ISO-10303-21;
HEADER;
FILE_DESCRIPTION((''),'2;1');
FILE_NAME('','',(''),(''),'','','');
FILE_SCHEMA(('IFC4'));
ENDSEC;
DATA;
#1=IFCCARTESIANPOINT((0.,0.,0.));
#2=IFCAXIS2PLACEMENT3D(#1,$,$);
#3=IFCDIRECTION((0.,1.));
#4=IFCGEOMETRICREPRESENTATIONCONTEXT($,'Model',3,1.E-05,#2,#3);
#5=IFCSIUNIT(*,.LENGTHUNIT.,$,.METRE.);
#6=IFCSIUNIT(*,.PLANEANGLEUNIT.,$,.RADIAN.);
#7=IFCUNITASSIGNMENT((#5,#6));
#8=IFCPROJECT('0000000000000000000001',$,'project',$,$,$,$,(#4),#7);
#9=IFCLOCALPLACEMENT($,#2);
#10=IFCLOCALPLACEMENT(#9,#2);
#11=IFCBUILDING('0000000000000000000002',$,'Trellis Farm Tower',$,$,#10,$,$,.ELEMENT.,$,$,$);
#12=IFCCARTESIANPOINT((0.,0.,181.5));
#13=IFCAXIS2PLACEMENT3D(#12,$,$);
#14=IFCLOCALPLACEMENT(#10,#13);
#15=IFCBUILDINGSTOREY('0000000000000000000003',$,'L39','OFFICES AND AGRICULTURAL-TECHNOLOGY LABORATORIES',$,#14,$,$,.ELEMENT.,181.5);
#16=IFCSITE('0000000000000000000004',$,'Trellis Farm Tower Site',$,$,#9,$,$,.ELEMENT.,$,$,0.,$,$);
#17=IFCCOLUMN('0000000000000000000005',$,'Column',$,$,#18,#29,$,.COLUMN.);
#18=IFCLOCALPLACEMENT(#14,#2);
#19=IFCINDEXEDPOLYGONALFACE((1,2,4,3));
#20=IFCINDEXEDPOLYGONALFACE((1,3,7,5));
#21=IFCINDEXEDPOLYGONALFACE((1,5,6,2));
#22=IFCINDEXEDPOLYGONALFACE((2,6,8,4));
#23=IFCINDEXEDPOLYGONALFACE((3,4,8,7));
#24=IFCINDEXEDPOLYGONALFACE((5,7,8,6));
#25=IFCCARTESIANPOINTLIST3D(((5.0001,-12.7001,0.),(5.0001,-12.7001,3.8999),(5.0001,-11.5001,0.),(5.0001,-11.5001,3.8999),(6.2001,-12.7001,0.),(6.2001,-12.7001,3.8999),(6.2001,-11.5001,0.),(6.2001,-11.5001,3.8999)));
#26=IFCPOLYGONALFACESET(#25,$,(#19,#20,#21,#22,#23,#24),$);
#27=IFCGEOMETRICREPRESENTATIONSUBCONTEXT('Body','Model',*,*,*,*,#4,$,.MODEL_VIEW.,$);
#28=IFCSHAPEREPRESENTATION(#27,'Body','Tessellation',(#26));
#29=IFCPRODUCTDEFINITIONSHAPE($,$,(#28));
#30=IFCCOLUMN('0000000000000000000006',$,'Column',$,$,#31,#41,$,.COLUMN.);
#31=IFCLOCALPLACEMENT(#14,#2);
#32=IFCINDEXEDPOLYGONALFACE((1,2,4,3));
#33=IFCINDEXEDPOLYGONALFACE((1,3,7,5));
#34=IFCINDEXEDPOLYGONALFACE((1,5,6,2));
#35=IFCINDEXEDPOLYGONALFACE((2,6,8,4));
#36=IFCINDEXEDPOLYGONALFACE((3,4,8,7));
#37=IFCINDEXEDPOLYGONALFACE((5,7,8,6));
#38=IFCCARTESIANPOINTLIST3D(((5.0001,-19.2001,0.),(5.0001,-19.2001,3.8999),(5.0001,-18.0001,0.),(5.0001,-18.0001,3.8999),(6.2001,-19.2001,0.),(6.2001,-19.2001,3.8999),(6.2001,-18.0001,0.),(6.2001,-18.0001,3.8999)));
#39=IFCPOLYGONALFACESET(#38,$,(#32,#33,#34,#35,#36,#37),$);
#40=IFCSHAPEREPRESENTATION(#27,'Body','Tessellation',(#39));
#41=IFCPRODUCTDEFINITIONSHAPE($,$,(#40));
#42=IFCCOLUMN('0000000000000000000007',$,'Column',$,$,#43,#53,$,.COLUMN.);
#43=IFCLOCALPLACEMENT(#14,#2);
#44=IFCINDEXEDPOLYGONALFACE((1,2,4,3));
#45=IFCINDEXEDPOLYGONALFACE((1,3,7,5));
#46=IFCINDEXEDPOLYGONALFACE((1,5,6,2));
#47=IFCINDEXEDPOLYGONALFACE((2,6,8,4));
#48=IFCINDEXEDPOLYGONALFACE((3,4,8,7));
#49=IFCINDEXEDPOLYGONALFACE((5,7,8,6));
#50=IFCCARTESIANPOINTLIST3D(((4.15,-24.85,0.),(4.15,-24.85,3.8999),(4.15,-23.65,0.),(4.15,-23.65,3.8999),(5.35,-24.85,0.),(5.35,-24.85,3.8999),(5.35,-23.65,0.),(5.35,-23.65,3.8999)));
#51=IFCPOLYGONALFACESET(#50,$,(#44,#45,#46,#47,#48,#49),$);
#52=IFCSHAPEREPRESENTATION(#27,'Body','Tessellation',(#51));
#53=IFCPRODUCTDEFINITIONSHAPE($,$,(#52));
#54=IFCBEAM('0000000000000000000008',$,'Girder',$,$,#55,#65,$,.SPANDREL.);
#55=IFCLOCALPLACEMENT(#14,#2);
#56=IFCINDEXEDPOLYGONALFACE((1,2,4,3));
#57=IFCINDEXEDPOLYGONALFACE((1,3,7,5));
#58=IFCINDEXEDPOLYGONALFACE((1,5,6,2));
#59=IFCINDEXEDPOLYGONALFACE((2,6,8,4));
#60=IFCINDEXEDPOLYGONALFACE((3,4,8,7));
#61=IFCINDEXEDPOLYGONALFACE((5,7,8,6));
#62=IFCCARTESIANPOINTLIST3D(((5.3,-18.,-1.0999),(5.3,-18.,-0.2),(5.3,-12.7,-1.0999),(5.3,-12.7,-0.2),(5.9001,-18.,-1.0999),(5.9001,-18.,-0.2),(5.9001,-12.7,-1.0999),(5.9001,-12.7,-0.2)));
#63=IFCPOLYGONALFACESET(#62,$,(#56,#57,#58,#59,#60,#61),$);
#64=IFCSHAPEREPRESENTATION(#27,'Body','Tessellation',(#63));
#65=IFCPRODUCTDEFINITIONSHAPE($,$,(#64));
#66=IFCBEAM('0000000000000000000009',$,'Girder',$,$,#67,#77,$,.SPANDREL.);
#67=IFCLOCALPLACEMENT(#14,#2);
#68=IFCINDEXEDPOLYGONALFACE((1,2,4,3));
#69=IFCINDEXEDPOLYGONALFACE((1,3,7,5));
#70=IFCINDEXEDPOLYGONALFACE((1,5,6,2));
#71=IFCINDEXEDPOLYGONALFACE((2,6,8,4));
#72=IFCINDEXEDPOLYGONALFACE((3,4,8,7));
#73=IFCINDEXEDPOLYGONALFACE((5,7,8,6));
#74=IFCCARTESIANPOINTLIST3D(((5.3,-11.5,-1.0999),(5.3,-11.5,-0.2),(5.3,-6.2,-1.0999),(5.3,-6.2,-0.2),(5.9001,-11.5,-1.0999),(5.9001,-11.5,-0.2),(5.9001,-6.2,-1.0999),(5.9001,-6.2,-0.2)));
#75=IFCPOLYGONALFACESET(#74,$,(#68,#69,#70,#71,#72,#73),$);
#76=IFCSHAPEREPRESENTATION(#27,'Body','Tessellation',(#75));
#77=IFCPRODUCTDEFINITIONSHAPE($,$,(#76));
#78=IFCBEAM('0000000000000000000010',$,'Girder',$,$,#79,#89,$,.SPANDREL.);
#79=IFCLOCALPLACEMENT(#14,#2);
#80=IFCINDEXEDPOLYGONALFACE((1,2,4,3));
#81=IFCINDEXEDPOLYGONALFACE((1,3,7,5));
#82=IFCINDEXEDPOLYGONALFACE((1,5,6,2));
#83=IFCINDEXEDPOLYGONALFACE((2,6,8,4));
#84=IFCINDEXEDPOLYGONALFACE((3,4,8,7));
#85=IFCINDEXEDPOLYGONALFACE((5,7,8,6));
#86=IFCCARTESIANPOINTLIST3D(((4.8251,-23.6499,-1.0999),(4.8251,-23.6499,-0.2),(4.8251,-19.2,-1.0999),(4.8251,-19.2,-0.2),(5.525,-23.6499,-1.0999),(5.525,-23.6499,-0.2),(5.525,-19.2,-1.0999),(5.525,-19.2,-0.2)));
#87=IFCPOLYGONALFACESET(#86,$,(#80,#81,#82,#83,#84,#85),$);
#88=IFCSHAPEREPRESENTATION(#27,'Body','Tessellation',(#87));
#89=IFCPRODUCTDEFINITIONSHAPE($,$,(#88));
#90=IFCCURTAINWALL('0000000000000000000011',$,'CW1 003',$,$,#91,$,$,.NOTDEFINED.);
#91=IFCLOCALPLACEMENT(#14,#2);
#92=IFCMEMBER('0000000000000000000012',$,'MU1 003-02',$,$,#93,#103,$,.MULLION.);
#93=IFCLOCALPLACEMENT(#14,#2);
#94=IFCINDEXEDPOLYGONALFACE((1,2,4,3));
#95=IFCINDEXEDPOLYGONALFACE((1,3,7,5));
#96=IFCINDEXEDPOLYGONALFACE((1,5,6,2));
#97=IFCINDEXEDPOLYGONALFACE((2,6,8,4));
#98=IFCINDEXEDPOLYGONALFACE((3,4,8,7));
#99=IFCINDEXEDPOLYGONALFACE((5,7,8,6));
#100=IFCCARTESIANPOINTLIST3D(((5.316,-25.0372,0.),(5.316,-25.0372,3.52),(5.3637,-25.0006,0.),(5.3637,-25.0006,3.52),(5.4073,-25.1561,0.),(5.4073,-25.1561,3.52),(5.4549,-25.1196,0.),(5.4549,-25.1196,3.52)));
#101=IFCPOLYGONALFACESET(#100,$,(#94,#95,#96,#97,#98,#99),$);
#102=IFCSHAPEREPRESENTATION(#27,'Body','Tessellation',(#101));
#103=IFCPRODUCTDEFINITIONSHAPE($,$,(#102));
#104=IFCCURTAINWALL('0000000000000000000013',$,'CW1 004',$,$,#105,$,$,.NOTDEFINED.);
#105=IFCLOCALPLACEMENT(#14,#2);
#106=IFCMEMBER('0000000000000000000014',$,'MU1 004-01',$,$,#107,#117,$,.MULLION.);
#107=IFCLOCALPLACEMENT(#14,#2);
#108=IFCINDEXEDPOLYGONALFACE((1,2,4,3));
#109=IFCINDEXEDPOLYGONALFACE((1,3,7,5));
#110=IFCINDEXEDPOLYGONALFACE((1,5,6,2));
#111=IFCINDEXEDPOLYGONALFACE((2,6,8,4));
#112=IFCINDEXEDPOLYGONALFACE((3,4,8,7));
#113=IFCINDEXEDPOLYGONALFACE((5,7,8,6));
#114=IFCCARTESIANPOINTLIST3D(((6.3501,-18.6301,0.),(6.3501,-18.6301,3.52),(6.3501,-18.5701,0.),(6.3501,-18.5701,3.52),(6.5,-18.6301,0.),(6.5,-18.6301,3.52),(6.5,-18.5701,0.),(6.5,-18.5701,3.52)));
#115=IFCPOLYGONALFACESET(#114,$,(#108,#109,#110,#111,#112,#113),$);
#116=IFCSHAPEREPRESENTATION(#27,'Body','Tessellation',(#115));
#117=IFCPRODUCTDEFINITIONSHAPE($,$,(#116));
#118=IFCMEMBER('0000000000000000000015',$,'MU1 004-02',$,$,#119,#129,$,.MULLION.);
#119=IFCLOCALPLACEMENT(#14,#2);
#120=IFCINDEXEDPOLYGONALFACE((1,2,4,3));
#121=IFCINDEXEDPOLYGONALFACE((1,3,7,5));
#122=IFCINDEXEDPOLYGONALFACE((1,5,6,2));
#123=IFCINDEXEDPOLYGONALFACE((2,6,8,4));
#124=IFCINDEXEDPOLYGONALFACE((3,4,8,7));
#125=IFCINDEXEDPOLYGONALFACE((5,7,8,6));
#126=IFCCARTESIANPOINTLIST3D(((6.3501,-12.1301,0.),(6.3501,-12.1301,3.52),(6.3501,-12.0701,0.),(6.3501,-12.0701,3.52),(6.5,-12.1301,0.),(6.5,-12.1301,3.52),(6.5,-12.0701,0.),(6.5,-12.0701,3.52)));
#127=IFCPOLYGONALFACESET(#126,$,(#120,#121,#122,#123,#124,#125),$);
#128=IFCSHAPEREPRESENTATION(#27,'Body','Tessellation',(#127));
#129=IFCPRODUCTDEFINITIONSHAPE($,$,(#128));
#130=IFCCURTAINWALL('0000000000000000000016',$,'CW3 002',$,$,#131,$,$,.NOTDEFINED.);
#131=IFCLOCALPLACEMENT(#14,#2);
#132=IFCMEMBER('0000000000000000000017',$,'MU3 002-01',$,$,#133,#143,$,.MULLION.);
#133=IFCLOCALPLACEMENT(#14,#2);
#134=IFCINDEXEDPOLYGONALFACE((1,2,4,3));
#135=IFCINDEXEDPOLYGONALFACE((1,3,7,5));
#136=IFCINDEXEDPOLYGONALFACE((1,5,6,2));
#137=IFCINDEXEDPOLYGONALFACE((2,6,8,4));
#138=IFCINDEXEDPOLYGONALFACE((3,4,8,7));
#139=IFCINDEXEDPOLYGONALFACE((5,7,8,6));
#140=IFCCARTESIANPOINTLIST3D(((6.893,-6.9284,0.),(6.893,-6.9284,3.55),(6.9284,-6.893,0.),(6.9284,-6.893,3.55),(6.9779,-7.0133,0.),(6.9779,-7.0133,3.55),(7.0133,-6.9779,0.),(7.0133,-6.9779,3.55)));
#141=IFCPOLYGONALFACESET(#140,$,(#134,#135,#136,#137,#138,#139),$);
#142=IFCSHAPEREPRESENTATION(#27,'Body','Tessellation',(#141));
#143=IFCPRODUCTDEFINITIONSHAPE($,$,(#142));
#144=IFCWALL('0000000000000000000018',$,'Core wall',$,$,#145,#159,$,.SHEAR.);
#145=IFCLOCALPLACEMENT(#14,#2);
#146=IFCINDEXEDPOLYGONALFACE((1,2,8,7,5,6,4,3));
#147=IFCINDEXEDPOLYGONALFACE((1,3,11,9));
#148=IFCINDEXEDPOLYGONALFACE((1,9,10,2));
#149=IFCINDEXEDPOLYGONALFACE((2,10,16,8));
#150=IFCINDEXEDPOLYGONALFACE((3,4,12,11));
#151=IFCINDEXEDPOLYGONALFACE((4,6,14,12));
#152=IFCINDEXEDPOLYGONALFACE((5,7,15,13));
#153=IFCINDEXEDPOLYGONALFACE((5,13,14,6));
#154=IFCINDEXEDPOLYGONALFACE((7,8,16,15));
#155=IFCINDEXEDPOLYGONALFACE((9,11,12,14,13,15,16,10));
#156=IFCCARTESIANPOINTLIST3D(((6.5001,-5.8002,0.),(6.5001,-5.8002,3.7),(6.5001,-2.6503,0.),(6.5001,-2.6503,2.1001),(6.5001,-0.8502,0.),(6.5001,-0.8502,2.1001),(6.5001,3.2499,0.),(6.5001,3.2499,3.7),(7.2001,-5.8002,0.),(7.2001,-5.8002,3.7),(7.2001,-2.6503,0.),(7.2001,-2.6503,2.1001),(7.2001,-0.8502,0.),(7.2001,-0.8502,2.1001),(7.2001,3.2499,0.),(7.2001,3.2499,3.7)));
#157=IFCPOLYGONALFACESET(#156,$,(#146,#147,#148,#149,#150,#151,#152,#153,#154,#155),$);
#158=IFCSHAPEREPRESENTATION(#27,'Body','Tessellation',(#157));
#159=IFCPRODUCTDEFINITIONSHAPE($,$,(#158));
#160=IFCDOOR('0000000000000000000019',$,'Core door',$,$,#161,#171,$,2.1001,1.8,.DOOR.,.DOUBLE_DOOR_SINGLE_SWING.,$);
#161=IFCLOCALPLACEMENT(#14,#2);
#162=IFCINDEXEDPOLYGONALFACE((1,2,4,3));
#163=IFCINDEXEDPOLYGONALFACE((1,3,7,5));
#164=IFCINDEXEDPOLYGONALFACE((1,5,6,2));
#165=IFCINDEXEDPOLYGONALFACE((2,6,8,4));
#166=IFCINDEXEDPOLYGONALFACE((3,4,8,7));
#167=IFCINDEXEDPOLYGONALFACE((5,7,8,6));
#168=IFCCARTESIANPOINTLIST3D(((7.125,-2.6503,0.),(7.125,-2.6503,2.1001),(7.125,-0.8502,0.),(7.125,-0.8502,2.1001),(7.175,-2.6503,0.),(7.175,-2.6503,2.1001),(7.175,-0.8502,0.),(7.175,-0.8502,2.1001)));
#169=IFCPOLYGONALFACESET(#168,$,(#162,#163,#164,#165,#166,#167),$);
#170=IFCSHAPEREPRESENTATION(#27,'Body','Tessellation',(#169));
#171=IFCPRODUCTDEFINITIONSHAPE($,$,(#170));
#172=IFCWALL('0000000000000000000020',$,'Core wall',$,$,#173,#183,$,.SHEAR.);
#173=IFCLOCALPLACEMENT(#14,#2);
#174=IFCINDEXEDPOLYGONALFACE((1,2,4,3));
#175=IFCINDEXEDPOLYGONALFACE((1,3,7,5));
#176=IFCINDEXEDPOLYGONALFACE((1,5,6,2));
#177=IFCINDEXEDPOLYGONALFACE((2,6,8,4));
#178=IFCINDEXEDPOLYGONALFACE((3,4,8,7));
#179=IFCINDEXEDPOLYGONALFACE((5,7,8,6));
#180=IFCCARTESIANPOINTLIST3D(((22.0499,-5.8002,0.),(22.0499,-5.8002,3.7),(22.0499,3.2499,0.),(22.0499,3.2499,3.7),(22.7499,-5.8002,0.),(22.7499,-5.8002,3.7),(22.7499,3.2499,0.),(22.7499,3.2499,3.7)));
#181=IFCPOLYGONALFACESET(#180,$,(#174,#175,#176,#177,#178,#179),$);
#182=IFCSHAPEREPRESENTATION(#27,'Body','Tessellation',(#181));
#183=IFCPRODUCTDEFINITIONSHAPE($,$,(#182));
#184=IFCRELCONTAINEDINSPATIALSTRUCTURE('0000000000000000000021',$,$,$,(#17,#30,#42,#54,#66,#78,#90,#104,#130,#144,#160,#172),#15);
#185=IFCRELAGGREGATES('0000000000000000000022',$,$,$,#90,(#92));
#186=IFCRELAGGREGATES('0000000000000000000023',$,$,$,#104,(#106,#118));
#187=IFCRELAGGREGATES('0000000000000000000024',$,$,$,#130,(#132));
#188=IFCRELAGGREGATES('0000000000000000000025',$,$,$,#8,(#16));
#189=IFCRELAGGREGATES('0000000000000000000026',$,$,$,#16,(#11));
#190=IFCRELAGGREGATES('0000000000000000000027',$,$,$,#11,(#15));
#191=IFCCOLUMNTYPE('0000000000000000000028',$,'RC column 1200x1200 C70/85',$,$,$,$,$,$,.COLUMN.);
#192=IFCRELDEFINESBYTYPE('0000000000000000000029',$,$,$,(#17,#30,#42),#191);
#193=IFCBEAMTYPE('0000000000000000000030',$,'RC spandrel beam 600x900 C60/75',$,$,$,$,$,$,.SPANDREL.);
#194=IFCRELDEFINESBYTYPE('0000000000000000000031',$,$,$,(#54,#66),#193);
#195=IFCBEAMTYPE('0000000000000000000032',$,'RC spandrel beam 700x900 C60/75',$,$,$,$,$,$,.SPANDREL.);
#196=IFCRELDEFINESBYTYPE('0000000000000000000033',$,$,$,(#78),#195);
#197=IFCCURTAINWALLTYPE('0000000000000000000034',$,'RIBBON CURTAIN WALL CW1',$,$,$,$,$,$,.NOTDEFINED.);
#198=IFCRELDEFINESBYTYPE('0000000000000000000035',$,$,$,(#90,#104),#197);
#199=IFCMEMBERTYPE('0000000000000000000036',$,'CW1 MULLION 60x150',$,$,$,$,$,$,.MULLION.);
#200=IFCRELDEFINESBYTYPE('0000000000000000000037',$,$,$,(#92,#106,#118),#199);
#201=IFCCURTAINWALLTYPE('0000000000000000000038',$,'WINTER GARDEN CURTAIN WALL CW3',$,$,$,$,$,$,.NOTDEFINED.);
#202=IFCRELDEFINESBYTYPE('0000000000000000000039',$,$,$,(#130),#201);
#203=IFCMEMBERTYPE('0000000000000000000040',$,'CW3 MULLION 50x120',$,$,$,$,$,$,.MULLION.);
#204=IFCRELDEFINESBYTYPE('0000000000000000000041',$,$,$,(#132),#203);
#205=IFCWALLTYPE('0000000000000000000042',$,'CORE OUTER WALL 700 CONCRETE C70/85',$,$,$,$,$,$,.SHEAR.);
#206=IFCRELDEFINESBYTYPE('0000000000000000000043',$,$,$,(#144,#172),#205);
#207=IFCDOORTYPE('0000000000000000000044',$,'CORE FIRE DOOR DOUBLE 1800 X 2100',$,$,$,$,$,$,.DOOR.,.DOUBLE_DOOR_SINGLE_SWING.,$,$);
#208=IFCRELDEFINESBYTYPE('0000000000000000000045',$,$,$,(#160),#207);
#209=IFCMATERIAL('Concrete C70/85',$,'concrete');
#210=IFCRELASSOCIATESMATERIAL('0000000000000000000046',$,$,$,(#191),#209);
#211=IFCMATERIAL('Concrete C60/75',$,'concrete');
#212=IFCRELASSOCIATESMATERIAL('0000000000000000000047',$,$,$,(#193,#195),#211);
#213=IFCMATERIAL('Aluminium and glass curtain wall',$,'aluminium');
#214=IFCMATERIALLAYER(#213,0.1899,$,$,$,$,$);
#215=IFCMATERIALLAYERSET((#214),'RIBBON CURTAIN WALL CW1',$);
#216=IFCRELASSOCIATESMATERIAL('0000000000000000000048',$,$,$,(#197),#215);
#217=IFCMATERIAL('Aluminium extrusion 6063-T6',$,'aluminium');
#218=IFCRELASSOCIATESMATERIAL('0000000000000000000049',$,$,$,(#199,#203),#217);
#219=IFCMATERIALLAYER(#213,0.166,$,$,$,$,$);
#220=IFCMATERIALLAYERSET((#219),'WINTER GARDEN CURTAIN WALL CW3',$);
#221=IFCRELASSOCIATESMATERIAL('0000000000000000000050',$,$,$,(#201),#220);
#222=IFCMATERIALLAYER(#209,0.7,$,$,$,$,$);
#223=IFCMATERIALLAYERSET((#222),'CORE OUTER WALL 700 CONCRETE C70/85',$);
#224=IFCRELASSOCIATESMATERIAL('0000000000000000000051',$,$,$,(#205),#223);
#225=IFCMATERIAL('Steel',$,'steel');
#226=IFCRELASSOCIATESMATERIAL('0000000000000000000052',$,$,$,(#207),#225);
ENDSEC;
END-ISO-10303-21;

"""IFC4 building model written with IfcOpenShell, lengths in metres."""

from ifc_helpers import new_model, si_unit, direction, frame, frame_2d, origin, origin_2d, place, context, subcontext, project, spatial, rectangle, extrude, source, transform, mapped, material, layer, layer_set, material_profile, profile_set, type_object, element, fill, aggregate, save


model = new_model("IFC4")

# Units and contexts
model_context = context("Model", 3, precision=1e-05, world=origin(), true_north=direction((0.0, 1.0)))
body_context = subcontext(model_context, "Body", "Model", "MODEL_VIEW")
ifc_project = project(units=[si_unit("LENGTHUNIT", "METRE"), si_unit("PLANEANGLEUNIT", "RADIAN")], contexts=[model_context])

# Site, building, storey
site_placement = place(None, origin())
site = spatial("IfcSite", under=ifc_project, at=site_placement, Name="Trellis Farm Tower Site", CompositionType="ELEMENT", RefElevation=0.0)
building_placement = place(site_placement, origin())
building = spatial("IfcBuilding", under=site, at=building_placement, Name="Trellis Farm Tower", CompositionType="ELEMENT")
storey_placement = place(building_placement, frame((0.0, 0.0, 181.5)))
storey = spatial("IfcBuildingStorey", under=building, at=storey_placement, Name="L39", Description="OFFICES AND AGRICULTURAL-TECHNOLOGY LABORATORIES", CompositionType="ELEMENT", Elevation=181.5)

# Columns
ifc_material_1 = material(Name="Concrete C70/85", Category="concrete")
ifc_material_profile_1 = material_profile(ifc_material_1, rectangle(XDim=1.2, YDim=1.2, at=origin_2d()), Name="RC column 1200x1200 C70/85")
ifc_profile_set_1 = profile_set([ifc_material_profile_1], Name="Concrete C70/85")
column_type = type_object("IfcColumnType", Name="RC column 1200x1200 C70/85", PredefinedType="COLUMN", material=ifc_profile_set_1)
shared_shape_1 = source(origin(), body_context, "Body", "SweptSolid", [
    extrude(rectangle(XDim=1.2, YDim=1.2, at=origin_2d()), origin(), (0.0, 0.0, 1.0), 3.8999),
])
for number, where, z_axis, x_axis, name in (
    (1, (5.6001, -12.1001, 0.0), (0.0, 0.0, 1.0), (1.0, 0.0, 0.0), "Column"),
    (2, (5.6001, -18.6001, 0.0), (0.0, 0.0, 1.0), (1.0, 0.0, 0.0), "Column"),
    (3, (4.75, -24.25, 0.0), (0.0, 0.0, 1.0), (1.0, 0.0, 0.0), "Column"),
):
    element("IfcColumn", number, at=place(storey_placement, frame(where, z_axis=z_axis, x_axis=x_axis)), inside=storey, type_object=column_type, Name=name, PredefinedType="COLUMN", context=body_context, shape_type="MappedRepresentation", body=[
        mapped(shared_shape_1, transform((0.0, 0.0, 0.0))),
    ])

# Beams
ifc_material_2 = material(Name="Concrete C60/75", Category="concrete")
ifc_material_profile_2 = material_profile(ifc_material_2, rectangle(XDim=0.6001, YDim=0.8999, at=origin_2d()), Name="RC spandrel beam 600x900 C60/75")
ifc_profile_set_2 = profile_set([ifc_material_profile_2], Name="Concrete C60/75")
beam_type_1 = type_object("IfcBeamType", Name="RC spandrel beam 600x900 C60/75", PredefinedType="SPANDREL", material=ifc_profile_set_2)
shared_shape_2 = source(origin(), body_context, "Body", "SweptSolid", [
    extrude(rectangle(XDim=0.6001, YDim=0.8999, at=origin_2d()), origin(), (0.0, 0.0, 1.0), 5.3),
])
for number, where, z_axis, x_axis, name in (
    (4, (5.6001, -18.0, -0.6499), (0.0, 1.0, 0.0), (-1.0, 0.0, 0.0), "Girder"),
    (5, (5.6001, -11.5, -0.6499), (0.0, 1.0, 0.0), (-1.0, 0.0, 0.0), "Girder"),
):
    element("IfcBeam", number, at=place(storey_placement, frame(where, z_axis=z_axis, x_axis=x_axis)), inside=storey, type_object=beam_type_1, Name=name, PredefinedType="SPANDREL", context=body_context, shape_type="MappedRepresentation", body=[
        mapped(shared_shape_2, transform((0.0, 0.0, 0.0))),
    ])
ifc_material_profile_3 = material_profile(ifc_material_2, rectangle(XDim=0.7, YDim=0.8999, at=origin_2d()), Name="RC spandrel beam 700x900 C60/75")
ifc_profile_set_3 = profile_set([ifc_material_profile_3], Name="Concrete C60/75")
beam_type_2 = type_object("IfcBeamType", Name="RC spandrel beam 700x900 C60/75", PredefinedType="SPANDREL", material=ifc_profile_set_3)
shared_shape_3 = source(origin(), body_context, "Body", "SweptSolid", [
    extrude(rectangle(XDim=0.7, YDim=0.8999, at=origin_2d()), origin(), (0.0, 0.0, 1.0), 4.45),
])
beam_placement = place(storey_placement, frame((5.175, -23.6499, -0.6499), z_axis=(0.0, 1.0, 0.0), x_axis=(-1.0, 0.0, 0.0)))
element("IfcBeam", 6, at=beam_placement, inside=storey, type_object=beam_type_2, Name="Girder", PredefinedType="SPANDREL", context=body_context, shape_type="MappedRepresentation", body=[
    mapped(shared_shape_3, transform((0.0, 0.0, 0.0))),
])

# Curtain wall, member
ifc_material_3 = material(Name="Aluminium and glass curtain wall", Category="aluminium")
ifc_layer_1 = layer(ifc_material_3, 0.1899)
ifc_layer_set_1 = layer_set([ifc_layer_1], Name="RIBBON CURTAIN WALL CW1")
curtain_wall_type_1 = type_object("IfcCurtainWallType", Name="RIBBON CURTAIN WALL CW1", PredefinedType="NOTDEFINED", material=ifc_layer_set_1)
placement = place(storey_placement, origin())
curtain_wall_1 = element("IfcCurtainWall", 7, at=placement, inside=storey, type_object=curtain_wall_type_1, Name="CW1 003", PredefinedType="NOTDEFINED")
ifc_material_4 = material(Name="Aluminium extrusion 6063-T6", Category="aluminium")
ifc_material_profile_4 = material_profile(ifc_material_4, rectangle(XDim=0.0601, YDim=0.1499, at=origin_2d()), Name="MULLION 60x150")
ifc_profile_set_4 = profile_set([ifc_material_profile_4], Name="Aluminium extrusion 6063-T6")
member_type_1 = type_object("IfcMemberType", Name="CW1 MULLION 60x150", PredefinedType="MULLION", material=ifc_profile_set_4)
shared_shape_4 = source(origin(), body_context, "Body", "SweptSolid", [
    extrude(rectangle(XDim=0.0601, YDim=0.1499, at=origin_2d()), origin(), (0.0, 0.0, 1.0), 3.52),
])
member_1_placement = place(storey_placement, frame((5.3855, -25.0784, 0.0), z_axis=(0.0, 0.0, 1.0), x_axis=(0.793353, 0.608761, 0.0)))
member_1 = element("IfcMember", 8, at=member_1_placement, type_object=member_type_1, Name="MU1 003-02", PredefinedType="MULLION", context=body_context, shape_type="MappedRepresentation", body=[
    mapped(shared_shape_4, transform((0.0, 0.0, 0.0))),
])
aggregate(curtain_wall_1, [member_1])

# Curtain wall, members
curtain_wall_2 = element("IfcCurtainWall", 9, at=placement, inside=storey, type_object=curtain_wall_type_1, Name="CW1 004", PredefinedType="NOTDEFINED")
member_2_placement = place(storey_placement, frame((6.425, -18.6001, 0.0), z_axis=(0.0, 0.0, 1.0), x_axis=(0.0, 1.0, 0.0)))
member_2 = element("IfcMember", 10, at=member_2_placement, type_object=member_type_1, Name="MU1 004-01", PredefinedType="MULLION", context=body_context, shape_type="MappedRepresentation", body=[
    mapped(shared_shape_4, transform((0.0, 0.0, 0.0))),
])
member_3_placement = place(storey_placement, frame((6.425, -12.1001, 0.0), z_axis=(0.0, 0.0, 1.0), x_axis=(0.0, 1.0, 0.0)))
member_3 = element("IfcMember", 11, at=member_3_placement, type_object=member_type_1, Name="MU1 004-02", PredefinedType="MULLION", context=body_context, shape_type="MappedRepresentation", body=[
    mapped(shared_shape_4, transform((0.0, 0.0, 0.0))),
])
aggregate(curtain_wall_2, [member_2, member_3])

# Curtain wall, member
ifc_layer_2 = layer(ifc_material_3, 0.166)
ifc_layer_set_2 = layer_set([ifc_layer_2], Name="WINTER GARDEN CURTAIN WALL CW3")
curtain_wall_type_2 = type_object("IfcCurtainWallType", Name="WINTER GARDEN CURTAIN WALL CW3", PredefinedType="NOTDEFINED", material=ifc_layer_set_2)
curtain_wall_3 = element("IfcCurtainWall", 12, at=placement, inside=storey, type_object=curtain_wall_type_2, Name="CW3 002", PredefinedType="NOTDEFINED")
ifc_material_profile_5 = material_profile(ifc_material_4, rectangle(XDim=0.05, YDim=0.1201, at=origin_2d()), Name="MULLION 50x120")
ifc_profile_set_5 = profile_set([ifc_material_profile_5], Name="Aluminium extrusion 6063-T6")
member_type_2 = type_object("IfcMemberType", Name="CW3 MULLION 50x120", PredefinedType="MULLION", material=ifc_profile_set_5)
shared_shape_5 = source(origin(), body_context, "Body", "SweptSolid", [
    extrude(rectangle(XDim=0.05, YDim=0.1201, at=origin_2d()), origin(), (0.0, 0.0, 1.0), 3.55),
])
member_4_placement = place(storey_placement, frame((6.9531, -6.9531, 0.0), z_axis=(0.0, 0.0, 1.0), x_axis=(0.707107, 0.707107, 0.0)))
member_4 = element("IfcMember", 13, at=member_4_placement, type_object=member_type_2, Name="MU3 002-01", PredefinedType="MULLION", context=body_context, shape_type="MappedRepresentation", body=[
    mapped(shared_shape_5, transform((0.0, 0.0, 0.0))),
])
aggregate(curtain_wall_3, [member_4])

# Wall, opening, door
ifc_layer_3 = layer(ifc_material_1, 0.7)
ifc_layer_set_3 = layer_set([ifc_layer_3], Name="CORE OUTER WALL 700 CONCRETE C70/85")
wall_type_1 = type_object("IfcWallType", Name="CORE OUTER WALL 700 CONCRETE C70/85", PredefinedType="SHEAR", material=ifc_layer_set_3)
shared_shape_6 = source(origin(), body_context, "Body", "SweptSolid", [
    extrude(rectangle(XDim=9.05, YDim=0.7, at=frame_2d((4.5249, 0.0))), origin(), (0.0, 0.0, 1.0), 3.7),
])
wall_1_placement = place(storey_placement, frame((6.8501, -5.8, 0.0), z_axis=(0.0, 0.0, 1.0), x_axis=(0.0, 1.0, 0.0)))
wall_1 = element("IfcWall", 14, at=wall_1_placement, inside=storey, type_object=wall_type_1, Name="Core wall", PredefinedType="SHEAR", context=body_context, shape_type="MappedRepresentation", body=[
    mapped(shared_shape_6, transform((0.0, 0.0, 0.0))),
])
shared_shape_7 = source(origin(), body_context, "Body", "SweptSolid", [
    extrude(rectangle(XDim=1.8, YDim=2.1001, at=frame_2d((0.8999, 1.05))), frame((0.0, 0.3601, 0.0), z_axis=(0.0, -1.0, 0.0), x_axis=(1.0, 0.0, 0.0)), (0.0, 0.0, 1.0), 0.7202),
])
opening_1_placement = place(wall_1_placement, frame((3.1499, 0.0, 0.0)))
opening_1 = element("IfcOpeningElement", 15, at=opening_1_placement, cuts=wall_1, PredefinedType="OPENING", context=body_context, shape_type="MappedRepresentation", body=[
    mapped(shared_shape_7, transform((0.0, 0.0, 0.0))),
])
ifc_material_5 = material(Name="Steel", Category="steel")
door_type_1 = type_object("IfcDoorType", Name="CORE FIRE DOOR DOUBLE 1800 X 2100", OperationType="DOUBLE_DOOR_SINGLE_SWING", PredefinedType="DOOR", material=ifc_material_5)
shared_shape_8 = source(origin(), body_context, "Body", "SweptSolid", [
    extrude(rectangle(XDim=1.8, YDim=2.1001, at=frame_2d((0.8999, 1.05))), frame((0.0, -0.2749, 0.0), z_axis=(0.0, -1.0, 0.0), x_axis=(1.0, 0.0, 0.0)), (0.0, 0.0, 1.0), 0.05),
])
door_1_placement = place(opening_1_placement, origin())
door_1 = element("IfcDoor", 16, at=door_1_placement, inside=storey, type_object=door_type_1, Name="Core door", OperationType="DOUBLE_DOOR_SINGLE_SWING", OverallHeight=2.1001, OverallWidth=1.8, PredefinedType="DOOR", context=body_context, shape_type="MappedRepresentation", body=[
    mapped(shared_shape_8, transform((0.0, 0.0, 0.0))),
])
fill(opening_1, door_1)

# Wall
wall_2_placement = place(storey_placement, frame((22.3999, -5.8, 0.0), z_axis=(0.0, 0.0, 1.0), x_axis=(0.0, 1.0, 0.0)))
element("IfcWall", 17, at=wall_2_placement, inside=storey, type_object=wall_type_1, Name="Core wall", PredefinedType="SHEAR", context=body_context, shape_type="MappedRepresentation", body=[
    mapped(shared_shape_6, transform((0.0, 0.0, 0.0))),
])

save(model, "model.ifc")
